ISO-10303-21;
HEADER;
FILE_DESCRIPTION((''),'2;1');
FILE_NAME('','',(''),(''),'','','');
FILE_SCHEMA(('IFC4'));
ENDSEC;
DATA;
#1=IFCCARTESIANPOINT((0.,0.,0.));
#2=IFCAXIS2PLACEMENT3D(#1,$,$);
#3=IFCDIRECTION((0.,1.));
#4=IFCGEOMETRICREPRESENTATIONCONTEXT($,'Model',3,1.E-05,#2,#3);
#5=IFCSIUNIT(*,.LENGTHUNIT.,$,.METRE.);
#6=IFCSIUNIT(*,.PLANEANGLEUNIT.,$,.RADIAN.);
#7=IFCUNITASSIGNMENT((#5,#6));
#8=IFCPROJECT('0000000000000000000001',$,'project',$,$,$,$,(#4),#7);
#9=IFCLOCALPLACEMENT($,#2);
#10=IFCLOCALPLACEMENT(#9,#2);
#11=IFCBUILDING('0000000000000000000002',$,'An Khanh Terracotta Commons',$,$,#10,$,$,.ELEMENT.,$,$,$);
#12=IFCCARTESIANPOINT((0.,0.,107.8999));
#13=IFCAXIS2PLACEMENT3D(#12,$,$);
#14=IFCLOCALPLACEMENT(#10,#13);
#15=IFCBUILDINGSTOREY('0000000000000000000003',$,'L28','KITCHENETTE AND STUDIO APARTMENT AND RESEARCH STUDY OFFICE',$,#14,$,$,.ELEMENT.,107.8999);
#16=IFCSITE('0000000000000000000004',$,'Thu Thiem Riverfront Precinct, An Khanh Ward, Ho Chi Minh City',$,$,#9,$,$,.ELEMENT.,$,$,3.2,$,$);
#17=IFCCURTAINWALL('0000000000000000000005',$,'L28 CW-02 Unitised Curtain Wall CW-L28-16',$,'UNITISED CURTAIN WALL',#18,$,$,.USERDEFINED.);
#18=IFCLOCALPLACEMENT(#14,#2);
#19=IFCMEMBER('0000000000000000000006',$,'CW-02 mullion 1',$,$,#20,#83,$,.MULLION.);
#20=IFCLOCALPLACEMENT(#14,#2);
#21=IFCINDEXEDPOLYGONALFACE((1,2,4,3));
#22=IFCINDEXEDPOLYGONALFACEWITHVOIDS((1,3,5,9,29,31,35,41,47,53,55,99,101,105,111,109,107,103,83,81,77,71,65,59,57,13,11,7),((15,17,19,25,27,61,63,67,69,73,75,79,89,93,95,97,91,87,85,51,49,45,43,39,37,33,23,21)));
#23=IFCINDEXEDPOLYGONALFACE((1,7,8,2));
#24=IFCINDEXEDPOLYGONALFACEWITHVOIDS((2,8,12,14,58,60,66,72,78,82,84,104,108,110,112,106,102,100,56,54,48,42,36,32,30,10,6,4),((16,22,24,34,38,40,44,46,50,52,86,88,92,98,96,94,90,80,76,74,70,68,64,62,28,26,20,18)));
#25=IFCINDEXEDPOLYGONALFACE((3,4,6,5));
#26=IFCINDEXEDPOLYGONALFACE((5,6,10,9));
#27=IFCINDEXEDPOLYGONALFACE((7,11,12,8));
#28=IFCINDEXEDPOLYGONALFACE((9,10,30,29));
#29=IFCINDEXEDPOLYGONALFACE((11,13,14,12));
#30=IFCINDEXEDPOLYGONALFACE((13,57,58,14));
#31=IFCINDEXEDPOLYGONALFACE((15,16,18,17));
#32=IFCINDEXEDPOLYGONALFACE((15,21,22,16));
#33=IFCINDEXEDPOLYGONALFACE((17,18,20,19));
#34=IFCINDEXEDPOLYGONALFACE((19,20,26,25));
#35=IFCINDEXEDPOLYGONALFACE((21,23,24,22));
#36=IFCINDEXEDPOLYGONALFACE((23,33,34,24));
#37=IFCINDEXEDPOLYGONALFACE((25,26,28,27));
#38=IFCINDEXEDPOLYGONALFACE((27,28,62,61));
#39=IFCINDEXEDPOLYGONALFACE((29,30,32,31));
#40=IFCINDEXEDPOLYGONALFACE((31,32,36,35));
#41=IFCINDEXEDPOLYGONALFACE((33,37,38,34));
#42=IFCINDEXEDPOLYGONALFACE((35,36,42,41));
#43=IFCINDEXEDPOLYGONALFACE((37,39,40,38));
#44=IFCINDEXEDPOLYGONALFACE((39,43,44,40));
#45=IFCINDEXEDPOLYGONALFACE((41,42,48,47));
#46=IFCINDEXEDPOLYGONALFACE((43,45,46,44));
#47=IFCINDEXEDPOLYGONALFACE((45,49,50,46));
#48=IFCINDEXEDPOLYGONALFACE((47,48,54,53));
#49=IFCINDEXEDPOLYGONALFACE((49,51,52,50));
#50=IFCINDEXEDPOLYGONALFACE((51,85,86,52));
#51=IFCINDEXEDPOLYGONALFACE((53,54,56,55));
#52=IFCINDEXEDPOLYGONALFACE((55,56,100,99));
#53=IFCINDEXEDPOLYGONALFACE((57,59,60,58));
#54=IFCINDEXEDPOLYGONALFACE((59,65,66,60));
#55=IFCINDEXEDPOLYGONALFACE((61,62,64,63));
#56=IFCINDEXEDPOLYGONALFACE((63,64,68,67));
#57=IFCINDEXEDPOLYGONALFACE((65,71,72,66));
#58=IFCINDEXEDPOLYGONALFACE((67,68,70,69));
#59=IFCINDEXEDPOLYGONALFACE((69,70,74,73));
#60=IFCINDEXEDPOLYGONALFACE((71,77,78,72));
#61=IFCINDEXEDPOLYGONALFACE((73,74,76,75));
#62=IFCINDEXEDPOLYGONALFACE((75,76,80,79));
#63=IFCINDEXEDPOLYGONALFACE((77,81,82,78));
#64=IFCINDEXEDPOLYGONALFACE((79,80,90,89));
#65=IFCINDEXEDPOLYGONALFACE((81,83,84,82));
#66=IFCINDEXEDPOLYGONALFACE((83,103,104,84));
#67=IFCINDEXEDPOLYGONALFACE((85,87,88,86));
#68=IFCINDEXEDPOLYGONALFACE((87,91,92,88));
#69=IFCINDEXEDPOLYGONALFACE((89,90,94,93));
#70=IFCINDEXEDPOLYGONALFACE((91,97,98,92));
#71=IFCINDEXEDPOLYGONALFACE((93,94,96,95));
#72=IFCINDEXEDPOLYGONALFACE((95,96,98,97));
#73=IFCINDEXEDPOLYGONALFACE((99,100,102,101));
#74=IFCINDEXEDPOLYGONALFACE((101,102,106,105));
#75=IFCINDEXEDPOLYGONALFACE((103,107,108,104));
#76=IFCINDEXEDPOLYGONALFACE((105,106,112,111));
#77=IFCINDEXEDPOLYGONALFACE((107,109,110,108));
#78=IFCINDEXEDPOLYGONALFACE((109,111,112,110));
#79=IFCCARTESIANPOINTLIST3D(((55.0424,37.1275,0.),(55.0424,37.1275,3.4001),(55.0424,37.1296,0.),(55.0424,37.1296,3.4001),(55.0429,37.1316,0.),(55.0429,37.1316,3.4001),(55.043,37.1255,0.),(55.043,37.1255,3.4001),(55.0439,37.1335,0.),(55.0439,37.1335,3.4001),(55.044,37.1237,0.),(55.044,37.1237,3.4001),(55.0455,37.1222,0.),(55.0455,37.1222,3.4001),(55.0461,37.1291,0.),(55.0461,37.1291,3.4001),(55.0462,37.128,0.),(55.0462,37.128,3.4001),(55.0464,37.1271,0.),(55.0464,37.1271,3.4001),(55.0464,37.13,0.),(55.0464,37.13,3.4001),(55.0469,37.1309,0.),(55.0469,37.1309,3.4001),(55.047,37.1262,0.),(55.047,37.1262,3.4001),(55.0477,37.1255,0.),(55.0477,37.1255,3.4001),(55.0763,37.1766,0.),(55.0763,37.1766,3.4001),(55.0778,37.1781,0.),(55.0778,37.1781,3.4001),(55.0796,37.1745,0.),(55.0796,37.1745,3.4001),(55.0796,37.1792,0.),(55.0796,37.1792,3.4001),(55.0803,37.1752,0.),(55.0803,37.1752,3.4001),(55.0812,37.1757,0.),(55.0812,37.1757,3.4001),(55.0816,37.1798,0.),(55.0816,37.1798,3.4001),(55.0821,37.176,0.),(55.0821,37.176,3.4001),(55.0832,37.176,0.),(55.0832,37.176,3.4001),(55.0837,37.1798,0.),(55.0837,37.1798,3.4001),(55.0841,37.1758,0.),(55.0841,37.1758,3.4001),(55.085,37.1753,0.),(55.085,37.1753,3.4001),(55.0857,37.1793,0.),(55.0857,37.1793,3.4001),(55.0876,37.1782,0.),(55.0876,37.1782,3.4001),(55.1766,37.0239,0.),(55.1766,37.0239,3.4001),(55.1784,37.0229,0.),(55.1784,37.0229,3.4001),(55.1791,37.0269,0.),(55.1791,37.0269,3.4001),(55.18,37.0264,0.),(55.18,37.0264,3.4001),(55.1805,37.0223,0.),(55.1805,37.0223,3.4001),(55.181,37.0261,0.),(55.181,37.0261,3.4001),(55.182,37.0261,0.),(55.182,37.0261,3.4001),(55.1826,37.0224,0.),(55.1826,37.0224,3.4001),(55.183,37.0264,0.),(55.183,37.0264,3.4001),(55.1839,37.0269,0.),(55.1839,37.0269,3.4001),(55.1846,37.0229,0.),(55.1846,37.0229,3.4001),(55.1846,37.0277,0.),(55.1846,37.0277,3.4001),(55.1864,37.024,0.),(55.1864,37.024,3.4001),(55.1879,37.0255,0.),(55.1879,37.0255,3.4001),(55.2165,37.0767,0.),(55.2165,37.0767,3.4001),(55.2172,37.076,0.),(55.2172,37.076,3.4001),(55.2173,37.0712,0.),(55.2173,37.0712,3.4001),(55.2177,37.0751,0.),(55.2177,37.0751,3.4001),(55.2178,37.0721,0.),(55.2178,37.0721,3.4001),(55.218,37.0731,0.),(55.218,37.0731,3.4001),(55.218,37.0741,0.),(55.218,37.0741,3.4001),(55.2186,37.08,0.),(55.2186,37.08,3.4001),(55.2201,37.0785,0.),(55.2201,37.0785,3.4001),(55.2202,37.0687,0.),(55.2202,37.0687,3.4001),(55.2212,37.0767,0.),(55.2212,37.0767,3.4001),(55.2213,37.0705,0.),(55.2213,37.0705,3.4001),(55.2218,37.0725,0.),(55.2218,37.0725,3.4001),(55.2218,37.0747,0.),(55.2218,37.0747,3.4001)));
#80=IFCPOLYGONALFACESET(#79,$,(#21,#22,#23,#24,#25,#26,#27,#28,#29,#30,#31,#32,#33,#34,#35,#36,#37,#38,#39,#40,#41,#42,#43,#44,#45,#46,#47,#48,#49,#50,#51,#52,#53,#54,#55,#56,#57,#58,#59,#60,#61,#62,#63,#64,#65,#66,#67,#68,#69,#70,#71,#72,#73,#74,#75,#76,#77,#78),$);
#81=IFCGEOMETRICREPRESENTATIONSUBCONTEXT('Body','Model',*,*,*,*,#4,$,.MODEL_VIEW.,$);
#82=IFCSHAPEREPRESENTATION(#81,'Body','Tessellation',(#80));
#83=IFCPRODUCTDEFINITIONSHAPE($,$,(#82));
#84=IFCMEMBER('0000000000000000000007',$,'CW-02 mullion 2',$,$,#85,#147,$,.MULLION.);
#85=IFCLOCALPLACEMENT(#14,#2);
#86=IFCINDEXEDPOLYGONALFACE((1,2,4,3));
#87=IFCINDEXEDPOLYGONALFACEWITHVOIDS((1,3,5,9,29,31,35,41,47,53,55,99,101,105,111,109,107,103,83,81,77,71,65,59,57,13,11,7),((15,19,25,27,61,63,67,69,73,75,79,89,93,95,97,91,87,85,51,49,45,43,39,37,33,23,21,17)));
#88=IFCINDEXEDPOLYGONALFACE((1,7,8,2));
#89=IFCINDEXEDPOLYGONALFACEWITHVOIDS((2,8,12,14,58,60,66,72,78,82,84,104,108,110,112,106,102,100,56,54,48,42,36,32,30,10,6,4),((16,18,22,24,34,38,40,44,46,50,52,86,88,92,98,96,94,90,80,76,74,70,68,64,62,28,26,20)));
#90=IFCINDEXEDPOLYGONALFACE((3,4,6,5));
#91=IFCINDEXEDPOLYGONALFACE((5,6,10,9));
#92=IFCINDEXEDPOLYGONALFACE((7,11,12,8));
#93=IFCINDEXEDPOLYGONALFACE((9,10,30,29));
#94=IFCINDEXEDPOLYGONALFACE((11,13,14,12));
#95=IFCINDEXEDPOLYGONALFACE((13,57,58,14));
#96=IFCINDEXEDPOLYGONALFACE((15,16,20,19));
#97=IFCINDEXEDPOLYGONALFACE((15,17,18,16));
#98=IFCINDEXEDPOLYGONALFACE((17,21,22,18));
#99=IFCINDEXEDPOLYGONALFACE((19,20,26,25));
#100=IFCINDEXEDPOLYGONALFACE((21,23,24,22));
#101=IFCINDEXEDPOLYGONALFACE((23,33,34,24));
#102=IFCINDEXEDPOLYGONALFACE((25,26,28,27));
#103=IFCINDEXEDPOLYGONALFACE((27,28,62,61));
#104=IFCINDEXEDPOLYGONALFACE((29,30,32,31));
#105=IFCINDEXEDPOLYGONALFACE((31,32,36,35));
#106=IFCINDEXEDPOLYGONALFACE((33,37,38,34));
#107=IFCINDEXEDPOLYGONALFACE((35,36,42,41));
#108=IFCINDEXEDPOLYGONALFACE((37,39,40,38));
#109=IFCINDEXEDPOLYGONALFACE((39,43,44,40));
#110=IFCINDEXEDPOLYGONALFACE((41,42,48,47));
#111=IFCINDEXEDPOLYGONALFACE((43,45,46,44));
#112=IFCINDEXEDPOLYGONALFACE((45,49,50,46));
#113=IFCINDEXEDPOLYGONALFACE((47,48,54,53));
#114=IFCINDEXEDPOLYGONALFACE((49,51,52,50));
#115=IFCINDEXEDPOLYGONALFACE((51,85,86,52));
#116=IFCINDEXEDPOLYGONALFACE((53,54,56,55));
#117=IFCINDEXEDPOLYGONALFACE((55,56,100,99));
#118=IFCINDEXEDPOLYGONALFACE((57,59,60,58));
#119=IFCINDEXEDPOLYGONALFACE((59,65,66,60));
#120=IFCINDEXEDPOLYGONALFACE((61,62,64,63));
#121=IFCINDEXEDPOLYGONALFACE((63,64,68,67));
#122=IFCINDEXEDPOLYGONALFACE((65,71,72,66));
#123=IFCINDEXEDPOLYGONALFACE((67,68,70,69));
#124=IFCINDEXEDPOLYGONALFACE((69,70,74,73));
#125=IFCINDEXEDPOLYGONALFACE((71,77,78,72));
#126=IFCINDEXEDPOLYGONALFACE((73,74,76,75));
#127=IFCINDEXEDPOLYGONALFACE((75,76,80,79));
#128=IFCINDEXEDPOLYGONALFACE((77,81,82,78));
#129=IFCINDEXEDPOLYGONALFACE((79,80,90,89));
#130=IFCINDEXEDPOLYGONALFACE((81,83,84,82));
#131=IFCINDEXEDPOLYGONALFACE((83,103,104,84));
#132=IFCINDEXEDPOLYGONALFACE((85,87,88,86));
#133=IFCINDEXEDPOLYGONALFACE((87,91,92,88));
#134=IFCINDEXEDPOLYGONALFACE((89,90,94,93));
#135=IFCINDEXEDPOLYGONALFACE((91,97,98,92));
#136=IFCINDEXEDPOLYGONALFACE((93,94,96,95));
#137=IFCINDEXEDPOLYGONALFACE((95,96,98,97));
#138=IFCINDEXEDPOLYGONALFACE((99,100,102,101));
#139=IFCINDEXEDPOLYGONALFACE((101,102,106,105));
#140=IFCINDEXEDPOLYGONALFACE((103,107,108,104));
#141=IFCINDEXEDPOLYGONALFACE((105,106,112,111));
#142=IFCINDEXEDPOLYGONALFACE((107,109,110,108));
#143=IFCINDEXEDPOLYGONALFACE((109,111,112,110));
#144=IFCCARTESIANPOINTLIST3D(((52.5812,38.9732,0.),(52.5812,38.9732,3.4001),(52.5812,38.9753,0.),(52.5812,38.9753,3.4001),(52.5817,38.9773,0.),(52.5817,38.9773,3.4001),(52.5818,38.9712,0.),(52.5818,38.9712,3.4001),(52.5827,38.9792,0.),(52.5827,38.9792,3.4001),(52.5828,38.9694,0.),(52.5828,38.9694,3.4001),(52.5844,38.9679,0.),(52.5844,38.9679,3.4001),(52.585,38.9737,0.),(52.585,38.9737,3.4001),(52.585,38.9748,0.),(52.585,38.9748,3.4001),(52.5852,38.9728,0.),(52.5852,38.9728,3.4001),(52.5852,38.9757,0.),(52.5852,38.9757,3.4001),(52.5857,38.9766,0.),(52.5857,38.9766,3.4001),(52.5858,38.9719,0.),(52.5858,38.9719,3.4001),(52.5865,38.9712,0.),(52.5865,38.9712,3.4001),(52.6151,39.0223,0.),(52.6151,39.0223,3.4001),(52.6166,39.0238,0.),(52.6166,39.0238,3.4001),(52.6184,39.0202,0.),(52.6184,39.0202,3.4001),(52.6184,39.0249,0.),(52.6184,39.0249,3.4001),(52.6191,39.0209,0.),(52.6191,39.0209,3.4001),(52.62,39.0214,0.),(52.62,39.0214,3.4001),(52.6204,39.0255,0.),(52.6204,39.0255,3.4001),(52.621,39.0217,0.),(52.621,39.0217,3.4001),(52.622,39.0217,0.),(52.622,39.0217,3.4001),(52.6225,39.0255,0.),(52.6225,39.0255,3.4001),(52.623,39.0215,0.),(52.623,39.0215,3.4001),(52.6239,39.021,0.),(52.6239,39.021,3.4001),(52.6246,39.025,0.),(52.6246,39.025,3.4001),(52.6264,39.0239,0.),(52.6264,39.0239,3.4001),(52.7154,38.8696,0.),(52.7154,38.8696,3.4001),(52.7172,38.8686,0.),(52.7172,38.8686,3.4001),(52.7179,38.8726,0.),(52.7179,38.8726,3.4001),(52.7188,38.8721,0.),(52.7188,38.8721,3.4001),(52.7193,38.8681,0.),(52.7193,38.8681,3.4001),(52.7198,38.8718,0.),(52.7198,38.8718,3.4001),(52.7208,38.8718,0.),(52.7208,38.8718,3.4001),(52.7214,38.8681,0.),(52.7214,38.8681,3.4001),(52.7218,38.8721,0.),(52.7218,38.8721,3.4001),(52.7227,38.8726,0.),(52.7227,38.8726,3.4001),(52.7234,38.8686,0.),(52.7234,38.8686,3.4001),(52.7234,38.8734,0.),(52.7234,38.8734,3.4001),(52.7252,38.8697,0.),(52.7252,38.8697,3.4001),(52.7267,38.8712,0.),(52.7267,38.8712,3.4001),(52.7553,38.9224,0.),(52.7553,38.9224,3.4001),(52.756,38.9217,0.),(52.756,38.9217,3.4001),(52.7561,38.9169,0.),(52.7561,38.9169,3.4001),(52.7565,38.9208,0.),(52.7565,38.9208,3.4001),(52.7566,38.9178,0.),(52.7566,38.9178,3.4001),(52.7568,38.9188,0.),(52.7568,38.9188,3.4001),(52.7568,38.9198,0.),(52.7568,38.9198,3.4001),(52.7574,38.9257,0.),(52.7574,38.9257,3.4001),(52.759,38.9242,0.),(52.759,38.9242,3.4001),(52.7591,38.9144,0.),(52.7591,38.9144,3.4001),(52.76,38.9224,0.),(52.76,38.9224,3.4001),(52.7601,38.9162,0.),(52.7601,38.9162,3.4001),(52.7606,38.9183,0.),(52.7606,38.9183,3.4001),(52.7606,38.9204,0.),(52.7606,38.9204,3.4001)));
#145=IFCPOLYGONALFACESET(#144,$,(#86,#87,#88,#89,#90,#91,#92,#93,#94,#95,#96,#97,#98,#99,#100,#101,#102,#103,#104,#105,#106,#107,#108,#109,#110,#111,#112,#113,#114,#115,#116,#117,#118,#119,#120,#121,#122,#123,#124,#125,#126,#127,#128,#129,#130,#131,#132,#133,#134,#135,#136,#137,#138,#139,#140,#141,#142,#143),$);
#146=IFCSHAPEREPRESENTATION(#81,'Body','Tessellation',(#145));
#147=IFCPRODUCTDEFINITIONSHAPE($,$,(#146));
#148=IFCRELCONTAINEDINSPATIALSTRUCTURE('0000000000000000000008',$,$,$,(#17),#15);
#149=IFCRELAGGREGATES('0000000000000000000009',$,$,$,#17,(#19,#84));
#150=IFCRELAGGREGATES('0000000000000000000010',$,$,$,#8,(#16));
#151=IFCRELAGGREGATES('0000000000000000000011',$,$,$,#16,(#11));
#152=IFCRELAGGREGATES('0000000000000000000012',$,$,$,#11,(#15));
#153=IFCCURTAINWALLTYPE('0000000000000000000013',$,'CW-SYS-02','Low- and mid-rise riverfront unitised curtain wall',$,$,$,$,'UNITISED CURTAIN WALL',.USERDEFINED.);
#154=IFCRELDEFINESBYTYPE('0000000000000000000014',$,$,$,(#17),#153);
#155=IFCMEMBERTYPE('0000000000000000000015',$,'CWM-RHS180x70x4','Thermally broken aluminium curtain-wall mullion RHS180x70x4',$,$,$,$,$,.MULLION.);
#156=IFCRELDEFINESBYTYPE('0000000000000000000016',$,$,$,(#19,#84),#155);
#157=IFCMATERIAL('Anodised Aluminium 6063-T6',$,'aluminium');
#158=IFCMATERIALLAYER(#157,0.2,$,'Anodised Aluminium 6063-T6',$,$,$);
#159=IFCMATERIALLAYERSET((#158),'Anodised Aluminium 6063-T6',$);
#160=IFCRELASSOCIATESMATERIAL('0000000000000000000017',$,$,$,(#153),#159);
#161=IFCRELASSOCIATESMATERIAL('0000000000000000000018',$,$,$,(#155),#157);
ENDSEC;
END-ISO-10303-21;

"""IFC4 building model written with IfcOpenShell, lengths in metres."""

from ifc_helpers import new_model, si_unit, direction, frame, origin, origin_2d, place, context, subcontext, project, spatial, hollow_rectangle, extrude, material, layer, layer_set, material_profile, profile_set, type_object, element, aggregate, save


model = new_model("IFC4")

# Units and contexts
model_context = context("Model", 3, precision=1e-05, world=origin(), true_north=direction((0.0, 1.0)))
body_context = subcontext(model_context, "Body", "Model", "MODEL_VIEW")
ifc_project = project(units=[si_unit("LENGTHUNIT", "METRE"), si_unit("PLANEANGLEUNIT", "RADIAN")], contexts=[model_context])

# Site, building, storey
site_placement = place(None, origin())
site = spatial("IfcSite", under=ifc_project, at=site_placement, Name="Thu Thiem Riverfront Precinct, An Khanh Ward, Ho Chi Minh City", CompositionType="ELEMENT", RefElevation=3.2)
building_placement = place(site_placement, origin())
building = spatial("IfcBuilding", under=site, at=building_placement, Name="An Khanh Terracotta Commons", CompositionType="ELEMENT")
storey_placement = place(building_placement, frame((0.0, 0.0, 107.8999)))
storey = spatial("IfcBuildingStorey", under=building, at=storey_placement, Name="L28", Description="KITCHENETTE AND STUDIO APARTMENT AND RESEARCH STUDY OFFICE", CompositionType="ELEMENT", Elevation=107.8999)

# Shared definitions
ifc_material_1 = material(Name="Anodised Aluminium 6063-T6", Category="aluminium")
ifc_layer_1 = layer(ifc_material_1, 0.2, Name="Anodised Aluminium 6063-T6")
ifc_layer_set_1 = layer_set([ifc_layer_1], Name="Anodised Aluminium 6063-T6")
curtain_wall_type = type_object("IfcCurtainWallType", Name="CW-SYS-02", Description="Low- and mid-rise riverfront unitised curtain wall", ElementType="UNITISED CURTAIN WALL", PredefinedType="USERDEFINED", material=ifc_layer_set_1)
ifc_material_profile_1 = material_profile(ifc_material_1, hollow_rectangle(XDim=0.0701, YDim=0.1799, WallThickness=0.0039, InnerFilletRadius=0.0039, OuterFilletRadius=0.0081, at=origin_2d()), Name="RHS180x70x4")
ifc_profile_set_1 = profile_set([ifc_material_profile_1], Name="Anodised Aluminium 6063-T6")
member_type_1 = type_object("IfcMemberType", Name="CWM-RHS180x70x4", Description="Thermally broken aluminium curtain-wall mullion RHS180x70x4", PredefinedType="MULLION", material=ifc_profile_set_1)

# Curtain wall, members
curtain_wall_1_placement = place(storey_placement, origin())
curtain_wall_1 = element("IfcCurtainWall", 1, at=curtain_wall_1_placement, inside=storey, type_object=curtain_wall_type, Name="L28 CW-02 Unitised Curtain Wall CW-L28-16", ObjectType="UNITISED CURTAIN WALL", PredefinedType="USERDEFINED")
member_1_placement = place(storey_placement, frame((55.1321, 37.1011, 0.0), z_axis=(0.0, 0.0, 1.0), x_axis=(-0.599983, -0.800013, 0.0)))
member_1 = element("IfcMember", 2, at=member_1_placement, type_object=member_type_1, Name="CW-02 mullion 1", PredefinedType="MULLION", context=body_context, shape_type="SweptSolid", body=[
    extrude(hollow_rectangle(XDim=0.0701, YDim=0.1799, WallThickness=0.0039, InnerFilletRadius=0.0039, OuterFilletRadius=0.0081, at=origin_2d()), origin(), (0.0, 0.0, 1.0), 3.4001),
])
member_2_placement = place(storey_placement, frame((52.6709, 38.9468, 0.0), z_axis=(0.0, 0.0, 1.0), x_axis=(-0.599983, -0.800013, 0.0)))
member_2 = element("IfcMember", 3, at=member_2_placement, type_object=member_type_1, Name="CW-02 mullion 2", PredefinedType="MULLION", context=body_context, shape_type="SweptSolid", body=[
    extrude(hollow_rectangle(XDim=0.0701, YDim=0.1799, WallThickness=0.0039, InnerFilletRadius=0.0039, OuterFilletRadius=0.0081, at=origin_2d()), origin(), (0.0, 0.0, 1.0), 3.4001),
])
aggregate(curtain_wall_1, [member_1, member_2])

save(model, "model.ifc")
